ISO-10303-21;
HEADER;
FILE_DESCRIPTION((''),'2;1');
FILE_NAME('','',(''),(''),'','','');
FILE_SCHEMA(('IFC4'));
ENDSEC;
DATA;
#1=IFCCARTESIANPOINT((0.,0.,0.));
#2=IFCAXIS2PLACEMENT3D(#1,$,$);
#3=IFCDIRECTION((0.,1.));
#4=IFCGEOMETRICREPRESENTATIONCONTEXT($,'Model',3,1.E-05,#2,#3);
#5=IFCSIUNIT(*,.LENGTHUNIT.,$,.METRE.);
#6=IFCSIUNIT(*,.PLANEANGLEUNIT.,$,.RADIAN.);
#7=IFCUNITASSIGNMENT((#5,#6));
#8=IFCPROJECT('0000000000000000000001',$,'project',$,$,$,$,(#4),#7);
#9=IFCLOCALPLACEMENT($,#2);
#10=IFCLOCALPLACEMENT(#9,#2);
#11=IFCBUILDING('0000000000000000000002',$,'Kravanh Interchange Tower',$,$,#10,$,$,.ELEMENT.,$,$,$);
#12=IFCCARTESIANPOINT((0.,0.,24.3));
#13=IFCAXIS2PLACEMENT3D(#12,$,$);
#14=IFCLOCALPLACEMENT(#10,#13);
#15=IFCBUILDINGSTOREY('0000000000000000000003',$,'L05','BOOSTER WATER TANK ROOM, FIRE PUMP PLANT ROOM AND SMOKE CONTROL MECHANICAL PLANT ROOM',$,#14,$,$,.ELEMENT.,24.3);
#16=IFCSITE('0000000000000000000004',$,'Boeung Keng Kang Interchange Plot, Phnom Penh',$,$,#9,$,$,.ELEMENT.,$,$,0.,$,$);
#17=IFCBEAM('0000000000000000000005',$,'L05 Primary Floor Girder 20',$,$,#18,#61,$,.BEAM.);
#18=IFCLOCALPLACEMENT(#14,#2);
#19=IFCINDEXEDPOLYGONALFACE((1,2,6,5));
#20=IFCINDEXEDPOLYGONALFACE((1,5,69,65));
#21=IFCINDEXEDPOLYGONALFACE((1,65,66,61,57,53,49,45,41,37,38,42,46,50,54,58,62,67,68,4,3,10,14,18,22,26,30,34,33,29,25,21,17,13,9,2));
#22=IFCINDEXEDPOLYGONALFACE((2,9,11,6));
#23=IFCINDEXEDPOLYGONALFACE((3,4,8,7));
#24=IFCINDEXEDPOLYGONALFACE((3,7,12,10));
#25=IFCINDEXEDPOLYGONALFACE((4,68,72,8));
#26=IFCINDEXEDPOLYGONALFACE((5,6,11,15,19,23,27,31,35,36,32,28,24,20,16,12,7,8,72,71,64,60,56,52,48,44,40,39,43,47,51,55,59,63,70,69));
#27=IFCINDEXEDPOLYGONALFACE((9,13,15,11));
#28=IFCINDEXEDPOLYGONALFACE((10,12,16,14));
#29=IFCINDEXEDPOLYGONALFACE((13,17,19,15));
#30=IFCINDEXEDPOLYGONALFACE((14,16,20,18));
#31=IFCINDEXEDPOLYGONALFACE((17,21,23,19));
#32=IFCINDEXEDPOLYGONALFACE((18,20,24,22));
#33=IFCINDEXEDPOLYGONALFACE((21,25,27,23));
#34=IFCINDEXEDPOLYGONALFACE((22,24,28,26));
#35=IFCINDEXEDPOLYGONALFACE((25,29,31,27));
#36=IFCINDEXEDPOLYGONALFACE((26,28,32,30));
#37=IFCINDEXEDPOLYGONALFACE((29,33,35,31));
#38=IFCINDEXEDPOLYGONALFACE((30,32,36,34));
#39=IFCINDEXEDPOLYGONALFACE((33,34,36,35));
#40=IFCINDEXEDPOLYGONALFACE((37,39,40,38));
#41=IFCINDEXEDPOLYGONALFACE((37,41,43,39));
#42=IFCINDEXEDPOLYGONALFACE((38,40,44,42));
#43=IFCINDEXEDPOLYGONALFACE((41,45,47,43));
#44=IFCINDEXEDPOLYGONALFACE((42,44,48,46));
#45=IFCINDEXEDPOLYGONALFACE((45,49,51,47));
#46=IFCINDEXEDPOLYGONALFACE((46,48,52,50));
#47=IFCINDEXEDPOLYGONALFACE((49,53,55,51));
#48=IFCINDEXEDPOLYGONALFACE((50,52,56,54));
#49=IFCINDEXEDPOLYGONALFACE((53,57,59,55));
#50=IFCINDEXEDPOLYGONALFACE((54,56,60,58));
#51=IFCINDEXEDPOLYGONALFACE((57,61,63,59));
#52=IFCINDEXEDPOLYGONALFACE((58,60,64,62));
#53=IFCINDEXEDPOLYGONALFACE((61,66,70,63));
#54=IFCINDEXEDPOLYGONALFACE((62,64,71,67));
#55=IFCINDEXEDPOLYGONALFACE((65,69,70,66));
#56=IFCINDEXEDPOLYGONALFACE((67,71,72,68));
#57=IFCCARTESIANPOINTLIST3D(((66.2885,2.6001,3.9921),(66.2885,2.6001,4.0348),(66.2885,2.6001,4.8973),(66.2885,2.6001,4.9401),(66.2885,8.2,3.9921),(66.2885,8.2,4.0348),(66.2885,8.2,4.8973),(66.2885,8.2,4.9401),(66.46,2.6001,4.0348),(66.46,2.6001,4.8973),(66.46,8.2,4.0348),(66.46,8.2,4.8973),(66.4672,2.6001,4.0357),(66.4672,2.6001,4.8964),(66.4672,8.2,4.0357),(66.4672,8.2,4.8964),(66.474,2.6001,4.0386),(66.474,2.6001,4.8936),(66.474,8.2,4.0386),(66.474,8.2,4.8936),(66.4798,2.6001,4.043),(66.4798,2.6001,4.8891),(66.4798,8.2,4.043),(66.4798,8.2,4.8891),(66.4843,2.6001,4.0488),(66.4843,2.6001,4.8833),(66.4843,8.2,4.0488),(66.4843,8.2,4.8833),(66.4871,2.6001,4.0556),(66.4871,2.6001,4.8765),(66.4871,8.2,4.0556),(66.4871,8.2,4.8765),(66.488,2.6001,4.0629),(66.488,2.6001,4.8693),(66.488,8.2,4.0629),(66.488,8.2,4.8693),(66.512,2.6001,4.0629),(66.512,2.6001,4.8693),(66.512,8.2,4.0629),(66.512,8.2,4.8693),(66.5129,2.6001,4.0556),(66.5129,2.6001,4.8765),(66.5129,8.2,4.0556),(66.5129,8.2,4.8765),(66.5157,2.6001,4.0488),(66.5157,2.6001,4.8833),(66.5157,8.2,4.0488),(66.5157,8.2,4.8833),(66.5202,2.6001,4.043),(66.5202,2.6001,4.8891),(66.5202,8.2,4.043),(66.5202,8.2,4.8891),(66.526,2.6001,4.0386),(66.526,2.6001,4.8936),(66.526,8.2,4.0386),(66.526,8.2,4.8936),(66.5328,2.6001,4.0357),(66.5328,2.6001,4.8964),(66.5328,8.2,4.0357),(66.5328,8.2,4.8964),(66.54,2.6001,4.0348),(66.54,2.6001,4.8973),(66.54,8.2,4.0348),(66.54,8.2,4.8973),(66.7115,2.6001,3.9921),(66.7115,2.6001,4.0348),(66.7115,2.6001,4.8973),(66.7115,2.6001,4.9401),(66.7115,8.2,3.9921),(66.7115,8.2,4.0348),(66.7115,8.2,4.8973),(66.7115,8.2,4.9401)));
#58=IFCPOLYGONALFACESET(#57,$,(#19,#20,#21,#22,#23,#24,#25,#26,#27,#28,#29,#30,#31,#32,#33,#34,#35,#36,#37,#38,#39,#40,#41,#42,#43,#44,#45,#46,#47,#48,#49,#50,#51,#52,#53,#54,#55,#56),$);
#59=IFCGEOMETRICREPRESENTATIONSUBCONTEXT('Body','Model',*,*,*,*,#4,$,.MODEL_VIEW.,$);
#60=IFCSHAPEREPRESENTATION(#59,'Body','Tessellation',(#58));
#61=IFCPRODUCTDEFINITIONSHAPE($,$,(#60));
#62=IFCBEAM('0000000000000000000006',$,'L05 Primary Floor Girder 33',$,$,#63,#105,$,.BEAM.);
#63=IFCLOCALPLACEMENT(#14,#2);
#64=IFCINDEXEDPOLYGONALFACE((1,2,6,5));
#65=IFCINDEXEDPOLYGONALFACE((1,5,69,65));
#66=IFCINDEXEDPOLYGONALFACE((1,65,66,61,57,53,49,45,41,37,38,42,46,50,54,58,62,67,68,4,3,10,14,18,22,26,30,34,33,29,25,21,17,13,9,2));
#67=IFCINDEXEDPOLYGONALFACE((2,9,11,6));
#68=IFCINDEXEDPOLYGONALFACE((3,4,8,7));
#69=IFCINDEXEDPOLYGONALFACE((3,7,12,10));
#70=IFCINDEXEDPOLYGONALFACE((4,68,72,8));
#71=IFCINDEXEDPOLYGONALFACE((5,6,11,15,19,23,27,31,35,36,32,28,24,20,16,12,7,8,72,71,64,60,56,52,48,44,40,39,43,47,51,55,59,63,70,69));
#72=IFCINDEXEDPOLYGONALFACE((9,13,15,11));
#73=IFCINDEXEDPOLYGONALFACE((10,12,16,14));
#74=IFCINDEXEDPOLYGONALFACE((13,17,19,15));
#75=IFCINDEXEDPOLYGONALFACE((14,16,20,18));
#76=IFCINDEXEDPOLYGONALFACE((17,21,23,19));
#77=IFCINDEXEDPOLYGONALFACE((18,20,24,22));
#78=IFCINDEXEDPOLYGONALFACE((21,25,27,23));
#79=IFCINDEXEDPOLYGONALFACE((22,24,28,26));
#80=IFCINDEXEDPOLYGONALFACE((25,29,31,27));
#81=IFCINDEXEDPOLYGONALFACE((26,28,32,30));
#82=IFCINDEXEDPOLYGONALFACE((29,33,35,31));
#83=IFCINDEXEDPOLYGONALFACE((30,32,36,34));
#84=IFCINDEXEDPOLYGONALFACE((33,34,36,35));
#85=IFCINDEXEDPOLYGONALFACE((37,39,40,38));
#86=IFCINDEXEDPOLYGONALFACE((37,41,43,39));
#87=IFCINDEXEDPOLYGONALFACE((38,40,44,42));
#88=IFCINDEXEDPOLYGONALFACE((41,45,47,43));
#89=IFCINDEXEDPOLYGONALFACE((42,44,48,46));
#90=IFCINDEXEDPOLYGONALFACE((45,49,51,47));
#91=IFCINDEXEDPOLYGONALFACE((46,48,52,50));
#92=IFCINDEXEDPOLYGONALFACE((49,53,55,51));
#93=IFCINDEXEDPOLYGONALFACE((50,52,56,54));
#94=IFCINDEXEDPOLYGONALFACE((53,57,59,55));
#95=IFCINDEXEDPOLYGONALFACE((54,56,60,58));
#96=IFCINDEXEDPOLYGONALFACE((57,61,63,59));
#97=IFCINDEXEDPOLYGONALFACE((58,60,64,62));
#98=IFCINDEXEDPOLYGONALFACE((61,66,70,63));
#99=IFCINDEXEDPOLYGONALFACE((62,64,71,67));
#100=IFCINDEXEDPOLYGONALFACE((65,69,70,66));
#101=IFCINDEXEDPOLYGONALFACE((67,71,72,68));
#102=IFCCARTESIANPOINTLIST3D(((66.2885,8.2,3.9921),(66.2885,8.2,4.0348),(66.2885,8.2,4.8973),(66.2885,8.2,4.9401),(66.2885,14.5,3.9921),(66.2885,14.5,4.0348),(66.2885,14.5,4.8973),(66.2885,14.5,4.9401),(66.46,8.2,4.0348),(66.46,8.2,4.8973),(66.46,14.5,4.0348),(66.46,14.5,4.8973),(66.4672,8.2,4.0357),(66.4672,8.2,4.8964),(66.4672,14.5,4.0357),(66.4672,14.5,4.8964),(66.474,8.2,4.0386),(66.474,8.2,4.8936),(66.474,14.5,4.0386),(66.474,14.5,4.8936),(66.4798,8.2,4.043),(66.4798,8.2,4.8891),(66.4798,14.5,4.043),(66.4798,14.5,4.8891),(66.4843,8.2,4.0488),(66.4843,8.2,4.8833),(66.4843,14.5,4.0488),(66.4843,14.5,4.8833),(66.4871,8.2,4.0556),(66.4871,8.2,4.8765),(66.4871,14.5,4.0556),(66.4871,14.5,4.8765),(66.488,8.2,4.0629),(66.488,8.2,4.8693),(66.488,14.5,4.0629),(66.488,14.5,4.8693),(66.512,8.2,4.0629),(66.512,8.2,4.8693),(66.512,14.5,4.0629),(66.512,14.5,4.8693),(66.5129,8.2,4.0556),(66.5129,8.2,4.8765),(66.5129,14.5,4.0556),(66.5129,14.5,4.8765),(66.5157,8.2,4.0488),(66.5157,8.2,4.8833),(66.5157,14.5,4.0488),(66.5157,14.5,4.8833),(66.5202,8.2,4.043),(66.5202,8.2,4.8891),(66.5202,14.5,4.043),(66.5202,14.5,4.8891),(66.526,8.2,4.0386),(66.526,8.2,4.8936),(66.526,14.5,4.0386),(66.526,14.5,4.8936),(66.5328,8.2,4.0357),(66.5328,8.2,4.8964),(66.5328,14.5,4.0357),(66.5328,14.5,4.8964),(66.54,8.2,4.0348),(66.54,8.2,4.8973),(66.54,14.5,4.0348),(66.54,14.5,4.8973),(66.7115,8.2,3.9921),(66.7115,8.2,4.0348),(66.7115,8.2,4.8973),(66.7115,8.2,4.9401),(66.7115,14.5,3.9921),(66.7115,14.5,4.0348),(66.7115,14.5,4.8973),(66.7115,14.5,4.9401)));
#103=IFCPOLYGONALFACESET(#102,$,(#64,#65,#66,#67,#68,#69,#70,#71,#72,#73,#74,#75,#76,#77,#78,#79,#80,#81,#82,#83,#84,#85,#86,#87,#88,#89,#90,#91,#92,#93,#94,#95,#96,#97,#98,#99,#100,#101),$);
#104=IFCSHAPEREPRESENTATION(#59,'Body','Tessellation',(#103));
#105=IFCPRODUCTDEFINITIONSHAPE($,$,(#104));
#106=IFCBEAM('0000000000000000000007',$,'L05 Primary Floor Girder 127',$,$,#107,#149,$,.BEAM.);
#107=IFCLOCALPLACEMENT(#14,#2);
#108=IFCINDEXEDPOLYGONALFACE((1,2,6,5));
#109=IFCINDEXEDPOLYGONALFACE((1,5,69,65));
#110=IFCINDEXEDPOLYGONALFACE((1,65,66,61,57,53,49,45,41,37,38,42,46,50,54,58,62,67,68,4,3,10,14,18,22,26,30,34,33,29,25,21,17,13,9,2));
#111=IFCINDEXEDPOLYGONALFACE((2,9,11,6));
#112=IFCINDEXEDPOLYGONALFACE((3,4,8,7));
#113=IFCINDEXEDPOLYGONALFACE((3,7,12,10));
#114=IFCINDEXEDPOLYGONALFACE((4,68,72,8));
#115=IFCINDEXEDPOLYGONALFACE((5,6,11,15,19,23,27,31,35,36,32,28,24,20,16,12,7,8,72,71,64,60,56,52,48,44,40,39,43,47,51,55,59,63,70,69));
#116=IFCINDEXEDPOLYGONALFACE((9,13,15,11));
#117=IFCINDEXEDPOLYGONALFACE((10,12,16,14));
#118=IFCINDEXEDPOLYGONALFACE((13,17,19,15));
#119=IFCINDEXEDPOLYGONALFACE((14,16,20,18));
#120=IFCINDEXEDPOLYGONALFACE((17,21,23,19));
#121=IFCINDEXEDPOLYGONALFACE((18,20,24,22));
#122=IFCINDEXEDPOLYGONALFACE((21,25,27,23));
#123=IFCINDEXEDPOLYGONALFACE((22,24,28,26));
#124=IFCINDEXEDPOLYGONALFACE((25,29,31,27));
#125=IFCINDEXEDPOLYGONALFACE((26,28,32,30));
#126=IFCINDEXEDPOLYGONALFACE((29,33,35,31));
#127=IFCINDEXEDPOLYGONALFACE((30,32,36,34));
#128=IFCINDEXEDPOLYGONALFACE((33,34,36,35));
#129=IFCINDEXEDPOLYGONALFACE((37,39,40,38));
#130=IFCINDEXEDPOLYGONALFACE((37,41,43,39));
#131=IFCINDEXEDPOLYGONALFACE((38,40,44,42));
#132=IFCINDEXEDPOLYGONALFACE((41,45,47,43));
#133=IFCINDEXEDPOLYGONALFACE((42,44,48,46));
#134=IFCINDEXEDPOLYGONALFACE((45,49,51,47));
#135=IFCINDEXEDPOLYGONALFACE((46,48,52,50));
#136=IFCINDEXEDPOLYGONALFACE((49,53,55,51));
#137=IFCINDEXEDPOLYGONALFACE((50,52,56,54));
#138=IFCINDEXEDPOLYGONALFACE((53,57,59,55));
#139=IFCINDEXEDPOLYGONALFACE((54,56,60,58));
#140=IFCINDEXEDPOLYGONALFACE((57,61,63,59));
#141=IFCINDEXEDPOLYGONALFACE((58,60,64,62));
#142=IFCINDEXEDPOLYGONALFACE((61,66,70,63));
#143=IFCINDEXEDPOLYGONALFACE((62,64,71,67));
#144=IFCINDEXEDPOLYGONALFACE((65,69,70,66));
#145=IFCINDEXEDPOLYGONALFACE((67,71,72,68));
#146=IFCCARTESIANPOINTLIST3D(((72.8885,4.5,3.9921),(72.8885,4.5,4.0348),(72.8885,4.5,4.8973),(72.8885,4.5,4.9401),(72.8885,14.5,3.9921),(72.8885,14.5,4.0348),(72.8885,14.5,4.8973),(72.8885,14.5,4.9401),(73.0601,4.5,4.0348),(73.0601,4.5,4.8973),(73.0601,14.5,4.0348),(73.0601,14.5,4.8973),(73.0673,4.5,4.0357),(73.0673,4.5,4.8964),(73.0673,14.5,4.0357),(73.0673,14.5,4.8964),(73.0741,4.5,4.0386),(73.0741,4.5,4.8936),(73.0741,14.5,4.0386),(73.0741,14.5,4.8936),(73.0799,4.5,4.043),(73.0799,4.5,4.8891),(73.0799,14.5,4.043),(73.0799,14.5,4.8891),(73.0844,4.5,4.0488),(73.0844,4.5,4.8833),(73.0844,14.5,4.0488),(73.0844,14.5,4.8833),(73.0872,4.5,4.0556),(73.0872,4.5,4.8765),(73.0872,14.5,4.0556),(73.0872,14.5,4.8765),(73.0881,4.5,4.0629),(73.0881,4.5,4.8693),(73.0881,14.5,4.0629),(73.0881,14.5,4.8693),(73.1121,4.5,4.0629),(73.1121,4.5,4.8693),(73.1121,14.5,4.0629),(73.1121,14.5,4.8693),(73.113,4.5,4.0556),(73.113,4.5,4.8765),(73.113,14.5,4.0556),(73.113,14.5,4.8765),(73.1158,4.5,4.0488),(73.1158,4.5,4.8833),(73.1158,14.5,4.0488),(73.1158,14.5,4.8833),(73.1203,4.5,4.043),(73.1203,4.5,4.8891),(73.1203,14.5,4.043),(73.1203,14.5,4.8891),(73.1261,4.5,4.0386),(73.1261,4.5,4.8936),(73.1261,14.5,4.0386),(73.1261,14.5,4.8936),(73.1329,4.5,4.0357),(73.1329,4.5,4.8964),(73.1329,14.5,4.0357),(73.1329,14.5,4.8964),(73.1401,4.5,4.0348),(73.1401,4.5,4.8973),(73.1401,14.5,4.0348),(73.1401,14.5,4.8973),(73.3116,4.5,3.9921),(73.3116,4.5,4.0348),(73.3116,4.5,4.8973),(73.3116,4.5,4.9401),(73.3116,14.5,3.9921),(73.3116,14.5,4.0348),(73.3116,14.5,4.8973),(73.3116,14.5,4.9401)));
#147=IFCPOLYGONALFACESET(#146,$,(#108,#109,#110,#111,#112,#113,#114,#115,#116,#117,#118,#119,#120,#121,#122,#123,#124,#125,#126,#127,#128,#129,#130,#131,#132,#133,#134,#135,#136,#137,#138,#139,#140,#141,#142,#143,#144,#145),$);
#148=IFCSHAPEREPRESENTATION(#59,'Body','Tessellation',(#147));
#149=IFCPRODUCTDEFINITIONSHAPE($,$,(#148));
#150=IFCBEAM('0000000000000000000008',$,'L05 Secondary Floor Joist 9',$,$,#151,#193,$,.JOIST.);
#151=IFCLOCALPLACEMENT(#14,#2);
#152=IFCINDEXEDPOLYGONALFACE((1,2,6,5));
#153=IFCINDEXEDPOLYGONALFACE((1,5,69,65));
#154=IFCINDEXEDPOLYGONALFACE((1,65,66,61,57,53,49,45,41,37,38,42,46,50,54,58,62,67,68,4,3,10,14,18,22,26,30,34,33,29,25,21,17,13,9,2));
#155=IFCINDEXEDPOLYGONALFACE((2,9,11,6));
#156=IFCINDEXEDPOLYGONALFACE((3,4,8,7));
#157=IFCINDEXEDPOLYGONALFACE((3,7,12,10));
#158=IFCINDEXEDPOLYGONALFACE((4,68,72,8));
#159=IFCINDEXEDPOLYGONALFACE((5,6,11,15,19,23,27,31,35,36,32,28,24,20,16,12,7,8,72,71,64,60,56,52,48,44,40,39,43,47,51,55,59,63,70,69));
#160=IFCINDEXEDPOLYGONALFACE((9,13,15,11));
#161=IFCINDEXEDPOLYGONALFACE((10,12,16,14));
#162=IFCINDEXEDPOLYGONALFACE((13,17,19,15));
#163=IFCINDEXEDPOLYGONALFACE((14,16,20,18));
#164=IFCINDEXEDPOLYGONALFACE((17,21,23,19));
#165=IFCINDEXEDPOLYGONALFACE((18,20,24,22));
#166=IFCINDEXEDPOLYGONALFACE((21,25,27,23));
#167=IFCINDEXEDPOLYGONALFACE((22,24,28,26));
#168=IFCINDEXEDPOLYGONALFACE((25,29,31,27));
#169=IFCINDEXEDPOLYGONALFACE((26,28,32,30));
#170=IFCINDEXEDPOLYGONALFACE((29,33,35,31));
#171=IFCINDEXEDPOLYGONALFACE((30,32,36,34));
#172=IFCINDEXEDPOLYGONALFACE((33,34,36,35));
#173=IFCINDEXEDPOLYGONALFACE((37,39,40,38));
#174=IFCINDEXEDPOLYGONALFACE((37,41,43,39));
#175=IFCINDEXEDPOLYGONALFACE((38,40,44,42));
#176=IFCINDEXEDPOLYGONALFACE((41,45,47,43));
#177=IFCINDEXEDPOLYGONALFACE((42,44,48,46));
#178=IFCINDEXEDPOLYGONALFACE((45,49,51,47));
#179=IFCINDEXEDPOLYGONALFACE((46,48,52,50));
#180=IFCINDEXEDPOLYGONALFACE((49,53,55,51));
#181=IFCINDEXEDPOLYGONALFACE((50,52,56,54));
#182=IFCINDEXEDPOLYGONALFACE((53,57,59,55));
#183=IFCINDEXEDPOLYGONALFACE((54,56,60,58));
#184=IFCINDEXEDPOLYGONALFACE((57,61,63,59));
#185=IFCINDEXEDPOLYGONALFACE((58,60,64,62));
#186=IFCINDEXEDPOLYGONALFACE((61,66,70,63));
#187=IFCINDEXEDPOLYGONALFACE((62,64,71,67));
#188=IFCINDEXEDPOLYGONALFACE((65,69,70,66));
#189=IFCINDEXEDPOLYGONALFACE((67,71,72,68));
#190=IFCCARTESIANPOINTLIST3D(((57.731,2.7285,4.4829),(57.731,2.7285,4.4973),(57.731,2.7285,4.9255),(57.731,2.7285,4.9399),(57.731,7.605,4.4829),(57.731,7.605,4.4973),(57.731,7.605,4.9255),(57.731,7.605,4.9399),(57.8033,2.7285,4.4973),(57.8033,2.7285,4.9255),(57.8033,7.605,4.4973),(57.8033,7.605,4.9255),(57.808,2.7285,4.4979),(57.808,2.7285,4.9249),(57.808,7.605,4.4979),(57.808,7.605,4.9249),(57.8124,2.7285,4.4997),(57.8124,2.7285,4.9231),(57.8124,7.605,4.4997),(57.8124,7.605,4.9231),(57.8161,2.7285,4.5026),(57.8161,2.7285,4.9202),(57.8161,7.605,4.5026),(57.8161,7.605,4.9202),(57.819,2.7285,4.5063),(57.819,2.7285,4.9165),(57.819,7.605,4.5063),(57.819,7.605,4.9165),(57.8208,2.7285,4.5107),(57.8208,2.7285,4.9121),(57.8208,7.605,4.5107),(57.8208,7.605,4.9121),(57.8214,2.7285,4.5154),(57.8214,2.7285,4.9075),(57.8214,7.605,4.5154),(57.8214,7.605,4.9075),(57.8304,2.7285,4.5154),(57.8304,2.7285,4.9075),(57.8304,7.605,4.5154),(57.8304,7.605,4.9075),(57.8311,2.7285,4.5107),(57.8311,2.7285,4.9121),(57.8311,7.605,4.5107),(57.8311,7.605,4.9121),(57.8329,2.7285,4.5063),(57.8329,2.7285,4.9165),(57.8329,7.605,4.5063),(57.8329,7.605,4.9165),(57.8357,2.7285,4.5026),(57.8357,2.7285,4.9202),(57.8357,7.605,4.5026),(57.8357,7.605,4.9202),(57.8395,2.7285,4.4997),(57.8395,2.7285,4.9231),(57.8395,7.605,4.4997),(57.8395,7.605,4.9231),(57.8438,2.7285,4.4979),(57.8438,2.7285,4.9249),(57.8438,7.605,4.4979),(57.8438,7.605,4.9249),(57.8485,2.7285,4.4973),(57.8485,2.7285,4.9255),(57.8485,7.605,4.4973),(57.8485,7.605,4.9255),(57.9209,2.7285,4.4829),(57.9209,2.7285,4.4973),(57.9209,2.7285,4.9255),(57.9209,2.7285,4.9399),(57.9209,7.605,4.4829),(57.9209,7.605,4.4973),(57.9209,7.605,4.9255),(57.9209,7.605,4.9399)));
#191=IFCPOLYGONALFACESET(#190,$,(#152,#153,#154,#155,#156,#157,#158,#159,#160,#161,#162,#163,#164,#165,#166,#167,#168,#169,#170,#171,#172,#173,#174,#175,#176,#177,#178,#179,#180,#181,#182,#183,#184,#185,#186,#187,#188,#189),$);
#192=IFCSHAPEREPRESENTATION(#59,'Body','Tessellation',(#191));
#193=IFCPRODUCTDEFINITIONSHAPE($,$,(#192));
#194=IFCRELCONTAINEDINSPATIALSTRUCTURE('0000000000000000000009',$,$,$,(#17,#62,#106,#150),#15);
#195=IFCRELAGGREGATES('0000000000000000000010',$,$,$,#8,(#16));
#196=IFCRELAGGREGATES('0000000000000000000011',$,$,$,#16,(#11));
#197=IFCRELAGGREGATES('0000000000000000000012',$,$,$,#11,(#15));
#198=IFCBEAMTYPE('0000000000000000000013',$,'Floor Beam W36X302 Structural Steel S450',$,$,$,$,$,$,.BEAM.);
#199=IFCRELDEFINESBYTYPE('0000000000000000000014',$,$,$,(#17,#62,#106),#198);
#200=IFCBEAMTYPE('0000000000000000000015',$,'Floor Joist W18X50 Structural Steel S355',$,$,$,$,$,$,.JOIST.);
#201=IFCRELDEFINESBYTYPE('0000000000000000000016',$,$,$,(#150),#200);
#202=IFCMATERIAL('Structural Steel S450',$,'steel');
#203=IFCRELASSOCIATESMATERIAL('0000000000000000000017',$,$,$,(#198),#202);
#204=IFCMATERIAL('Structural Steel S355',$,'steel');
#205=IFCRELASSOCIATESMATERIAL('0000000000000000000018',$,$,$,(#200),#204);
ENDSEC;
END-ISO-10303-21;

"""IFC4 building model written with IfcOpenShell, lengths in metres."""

from ifc_helpers import new_model, si_unit, direction, frame, origin, origin_2d, place, context, subcontext, project, spatial, i_section, extrude, material, material_profile, profile_set, type_object, element, save


model = new_model("IFC4")

# Units and contexts
model_context = context("Model", 3, precision=1e-05, world=origin(), true_north=direction((0.0, 1.0)))
body_context = subcontext(model_context, "Body", "Model", "MODEL_VIEW")
ifc_project = project(units=[si_unit("LENGTHUNIT", "METRE"), si_unit("PLANEANGLEUNIT", "RADIAN")], contexts=[model_context])

# Site, building, storey
site_placement = place(None, origin())
site = spatial("IfcSite", under=ifc_project, at=site_placement, Name="Boeung Keng Kang Interchange Plot, Phnom Penh", CompositionType="ELEMENT", RefElevation=0.0)
building_placement = place(site_placement, origin())
building = spatial("IfcBuilding", under=site, at=building_placement, Name="Kravanh Interchange Tower", CompositionType="ELEMENT")
storey_placement = place(building_placement, frame((0.0, 0.0, 24.3)))
storey = spatial("IfcBuildingStorey", under=building, at=storey_placement, Name="L05", Description="BOOSTER WATER TANK ROOM, FIRE PUMP PLANT ROOM AND SMOKE CONTROL MECHANICAL PLANT ROOM", CompositionType="ELEMENT", Elevation=24.3)

# Beams
ifc_material_1 = material(Name="Structural Steel S450", Category="steel")
ifc_material_profile_1 = material_profile(ifc_material_1, i_section(OverallWidth=0.4231, OverallDepth=0.948, WebThickness=0.0239, FlangeThickness=0.0427, FilletRadius=0.0281, at=origin_2d()), Name="W36X302")
ifc_profile_set_1 = profile_set([ifc_material_profile_1], Name="Structural Steel S450")
beam_type_1 = type_object("IfcBeamType", Name="Floor Beam W36X302 Structural Steel S450", PredefinedType="BEAM", material=ifc_profile_set_1)
beam_1_placement = place(storey_placement, frame((66.5, 2.6001, 4.4661), z_axis=(0.0, 1.0, 0.0), x_axis=(-1.0, 0.0, 0.0)))
element("IfcBeam", 1, at=beam_1_placement, inside=storey, type_object=beam_type_1, Name="L05 Primary Floor Girder 20", PredefinedType="BEAM", context=body_context, shape_type="SweptSolid", body=[
    extrude(i_section(OverallWidth=0.4231, OverallDepth=0.948, WebThickness=0.0239, FlangeThickness=0.0427, FilletRadius=0.0281, at=origin_2d()), origin(), (0.0, 0.0, 1.0), 5.5999),
])
beam_2_placement = place(storey_placement, frame((66.5, 8.2, 4.4661), z_axis=(0.0, 1.0, 0.0), x_axis=(-1.0, 0.0, 0.0)))
element("IfcBeam", 2, at=beam_2_placement, inside=storey, type_object=beam_type_1, Name="L05 Primary Floor Girder 33", PredefinedType="BEAM", context=body_context, shape_type="SweptSolid", body=[
    extrude(i_section(OverallWidth=0.4231, OverallDepth=0.948, WebThickness=0.0239, FlangeThickness=0.0427, FilletRadius=0.0281, at=origin_2d()), origin(), (0.0, 0.0, 1.0), 6.3),
])
beam_3_placement = place(storey_placement, frame((73.1001, 4.5, 4.4661), z_axis=(0.0, 1.0, 0.0), x_axis=(-1.0, 0.0, 0.0)))
element("IfcBeam", 3, at=beam_3_placement, inside=storey, type_object=beam_type_1, Name="L05 Primary Floor Girder 127", PredefinedType="BEAM", context=body_context, shape_type="SweptSolid", body=[
    extrude(i_section(OverallWidth=0.4231, OverallDepth=0.948, WebThickness=0.0239, FlangeThickness=0.0427, FilletRadius=0.0281, at=origin_2d()), origin(), (0.0, 0.0, 1.0), 10.0),
])
ifc_material_2 = material(Name="Structural Steel S355", Category="steel")
ifc_material_profile_2 = material_profile(ifc_material_2, i_section(OverallWidth=0.1899, OverallDepth=0.457, WebThickness=0.009, FlangeThickness=0.0144, FilletRadius=0.0181, at=origin_2d()), Name="W18X50")
ifc_profile_set_2 = profile_set([ifc_material_profile_2], Name="Structural Steel S355")
beam_type_2 = type_object("IfcBeamType", Name="Floor Joist W18X50 Structural Steel S355", PredefinedType="JOIST", material=ifc_profile_set_2)
for number, where, z_axis, x_axis, name in (
    (4, (57.8259, 2.7285, 4.7114), (0.0, 1.0, 0.0), (-1.0, 0.0, 0.0), "L05 Secondary Floor Joist 9"),
):
    element("IfcBeam", number, at=place(storey_placement, frame(where, z_axis=z_axis, x_axis=x_axis)), inside=storey, type_object=beam_type_2, Name=name, PredefinedType="JOIST", context=body_context, shape_type="SweptSolid", body=[
        extrude(i_section(OverallWidth=0.1899, OverallDepth=0.457, WebThickness=0.009, FlangeThickness=0.0144, FilletRadius=0.0181, at=origin_2d()), origin(), (0.0, 0.0, 1.0), 4.8765),
    ])

save(model, "model.ifc")
